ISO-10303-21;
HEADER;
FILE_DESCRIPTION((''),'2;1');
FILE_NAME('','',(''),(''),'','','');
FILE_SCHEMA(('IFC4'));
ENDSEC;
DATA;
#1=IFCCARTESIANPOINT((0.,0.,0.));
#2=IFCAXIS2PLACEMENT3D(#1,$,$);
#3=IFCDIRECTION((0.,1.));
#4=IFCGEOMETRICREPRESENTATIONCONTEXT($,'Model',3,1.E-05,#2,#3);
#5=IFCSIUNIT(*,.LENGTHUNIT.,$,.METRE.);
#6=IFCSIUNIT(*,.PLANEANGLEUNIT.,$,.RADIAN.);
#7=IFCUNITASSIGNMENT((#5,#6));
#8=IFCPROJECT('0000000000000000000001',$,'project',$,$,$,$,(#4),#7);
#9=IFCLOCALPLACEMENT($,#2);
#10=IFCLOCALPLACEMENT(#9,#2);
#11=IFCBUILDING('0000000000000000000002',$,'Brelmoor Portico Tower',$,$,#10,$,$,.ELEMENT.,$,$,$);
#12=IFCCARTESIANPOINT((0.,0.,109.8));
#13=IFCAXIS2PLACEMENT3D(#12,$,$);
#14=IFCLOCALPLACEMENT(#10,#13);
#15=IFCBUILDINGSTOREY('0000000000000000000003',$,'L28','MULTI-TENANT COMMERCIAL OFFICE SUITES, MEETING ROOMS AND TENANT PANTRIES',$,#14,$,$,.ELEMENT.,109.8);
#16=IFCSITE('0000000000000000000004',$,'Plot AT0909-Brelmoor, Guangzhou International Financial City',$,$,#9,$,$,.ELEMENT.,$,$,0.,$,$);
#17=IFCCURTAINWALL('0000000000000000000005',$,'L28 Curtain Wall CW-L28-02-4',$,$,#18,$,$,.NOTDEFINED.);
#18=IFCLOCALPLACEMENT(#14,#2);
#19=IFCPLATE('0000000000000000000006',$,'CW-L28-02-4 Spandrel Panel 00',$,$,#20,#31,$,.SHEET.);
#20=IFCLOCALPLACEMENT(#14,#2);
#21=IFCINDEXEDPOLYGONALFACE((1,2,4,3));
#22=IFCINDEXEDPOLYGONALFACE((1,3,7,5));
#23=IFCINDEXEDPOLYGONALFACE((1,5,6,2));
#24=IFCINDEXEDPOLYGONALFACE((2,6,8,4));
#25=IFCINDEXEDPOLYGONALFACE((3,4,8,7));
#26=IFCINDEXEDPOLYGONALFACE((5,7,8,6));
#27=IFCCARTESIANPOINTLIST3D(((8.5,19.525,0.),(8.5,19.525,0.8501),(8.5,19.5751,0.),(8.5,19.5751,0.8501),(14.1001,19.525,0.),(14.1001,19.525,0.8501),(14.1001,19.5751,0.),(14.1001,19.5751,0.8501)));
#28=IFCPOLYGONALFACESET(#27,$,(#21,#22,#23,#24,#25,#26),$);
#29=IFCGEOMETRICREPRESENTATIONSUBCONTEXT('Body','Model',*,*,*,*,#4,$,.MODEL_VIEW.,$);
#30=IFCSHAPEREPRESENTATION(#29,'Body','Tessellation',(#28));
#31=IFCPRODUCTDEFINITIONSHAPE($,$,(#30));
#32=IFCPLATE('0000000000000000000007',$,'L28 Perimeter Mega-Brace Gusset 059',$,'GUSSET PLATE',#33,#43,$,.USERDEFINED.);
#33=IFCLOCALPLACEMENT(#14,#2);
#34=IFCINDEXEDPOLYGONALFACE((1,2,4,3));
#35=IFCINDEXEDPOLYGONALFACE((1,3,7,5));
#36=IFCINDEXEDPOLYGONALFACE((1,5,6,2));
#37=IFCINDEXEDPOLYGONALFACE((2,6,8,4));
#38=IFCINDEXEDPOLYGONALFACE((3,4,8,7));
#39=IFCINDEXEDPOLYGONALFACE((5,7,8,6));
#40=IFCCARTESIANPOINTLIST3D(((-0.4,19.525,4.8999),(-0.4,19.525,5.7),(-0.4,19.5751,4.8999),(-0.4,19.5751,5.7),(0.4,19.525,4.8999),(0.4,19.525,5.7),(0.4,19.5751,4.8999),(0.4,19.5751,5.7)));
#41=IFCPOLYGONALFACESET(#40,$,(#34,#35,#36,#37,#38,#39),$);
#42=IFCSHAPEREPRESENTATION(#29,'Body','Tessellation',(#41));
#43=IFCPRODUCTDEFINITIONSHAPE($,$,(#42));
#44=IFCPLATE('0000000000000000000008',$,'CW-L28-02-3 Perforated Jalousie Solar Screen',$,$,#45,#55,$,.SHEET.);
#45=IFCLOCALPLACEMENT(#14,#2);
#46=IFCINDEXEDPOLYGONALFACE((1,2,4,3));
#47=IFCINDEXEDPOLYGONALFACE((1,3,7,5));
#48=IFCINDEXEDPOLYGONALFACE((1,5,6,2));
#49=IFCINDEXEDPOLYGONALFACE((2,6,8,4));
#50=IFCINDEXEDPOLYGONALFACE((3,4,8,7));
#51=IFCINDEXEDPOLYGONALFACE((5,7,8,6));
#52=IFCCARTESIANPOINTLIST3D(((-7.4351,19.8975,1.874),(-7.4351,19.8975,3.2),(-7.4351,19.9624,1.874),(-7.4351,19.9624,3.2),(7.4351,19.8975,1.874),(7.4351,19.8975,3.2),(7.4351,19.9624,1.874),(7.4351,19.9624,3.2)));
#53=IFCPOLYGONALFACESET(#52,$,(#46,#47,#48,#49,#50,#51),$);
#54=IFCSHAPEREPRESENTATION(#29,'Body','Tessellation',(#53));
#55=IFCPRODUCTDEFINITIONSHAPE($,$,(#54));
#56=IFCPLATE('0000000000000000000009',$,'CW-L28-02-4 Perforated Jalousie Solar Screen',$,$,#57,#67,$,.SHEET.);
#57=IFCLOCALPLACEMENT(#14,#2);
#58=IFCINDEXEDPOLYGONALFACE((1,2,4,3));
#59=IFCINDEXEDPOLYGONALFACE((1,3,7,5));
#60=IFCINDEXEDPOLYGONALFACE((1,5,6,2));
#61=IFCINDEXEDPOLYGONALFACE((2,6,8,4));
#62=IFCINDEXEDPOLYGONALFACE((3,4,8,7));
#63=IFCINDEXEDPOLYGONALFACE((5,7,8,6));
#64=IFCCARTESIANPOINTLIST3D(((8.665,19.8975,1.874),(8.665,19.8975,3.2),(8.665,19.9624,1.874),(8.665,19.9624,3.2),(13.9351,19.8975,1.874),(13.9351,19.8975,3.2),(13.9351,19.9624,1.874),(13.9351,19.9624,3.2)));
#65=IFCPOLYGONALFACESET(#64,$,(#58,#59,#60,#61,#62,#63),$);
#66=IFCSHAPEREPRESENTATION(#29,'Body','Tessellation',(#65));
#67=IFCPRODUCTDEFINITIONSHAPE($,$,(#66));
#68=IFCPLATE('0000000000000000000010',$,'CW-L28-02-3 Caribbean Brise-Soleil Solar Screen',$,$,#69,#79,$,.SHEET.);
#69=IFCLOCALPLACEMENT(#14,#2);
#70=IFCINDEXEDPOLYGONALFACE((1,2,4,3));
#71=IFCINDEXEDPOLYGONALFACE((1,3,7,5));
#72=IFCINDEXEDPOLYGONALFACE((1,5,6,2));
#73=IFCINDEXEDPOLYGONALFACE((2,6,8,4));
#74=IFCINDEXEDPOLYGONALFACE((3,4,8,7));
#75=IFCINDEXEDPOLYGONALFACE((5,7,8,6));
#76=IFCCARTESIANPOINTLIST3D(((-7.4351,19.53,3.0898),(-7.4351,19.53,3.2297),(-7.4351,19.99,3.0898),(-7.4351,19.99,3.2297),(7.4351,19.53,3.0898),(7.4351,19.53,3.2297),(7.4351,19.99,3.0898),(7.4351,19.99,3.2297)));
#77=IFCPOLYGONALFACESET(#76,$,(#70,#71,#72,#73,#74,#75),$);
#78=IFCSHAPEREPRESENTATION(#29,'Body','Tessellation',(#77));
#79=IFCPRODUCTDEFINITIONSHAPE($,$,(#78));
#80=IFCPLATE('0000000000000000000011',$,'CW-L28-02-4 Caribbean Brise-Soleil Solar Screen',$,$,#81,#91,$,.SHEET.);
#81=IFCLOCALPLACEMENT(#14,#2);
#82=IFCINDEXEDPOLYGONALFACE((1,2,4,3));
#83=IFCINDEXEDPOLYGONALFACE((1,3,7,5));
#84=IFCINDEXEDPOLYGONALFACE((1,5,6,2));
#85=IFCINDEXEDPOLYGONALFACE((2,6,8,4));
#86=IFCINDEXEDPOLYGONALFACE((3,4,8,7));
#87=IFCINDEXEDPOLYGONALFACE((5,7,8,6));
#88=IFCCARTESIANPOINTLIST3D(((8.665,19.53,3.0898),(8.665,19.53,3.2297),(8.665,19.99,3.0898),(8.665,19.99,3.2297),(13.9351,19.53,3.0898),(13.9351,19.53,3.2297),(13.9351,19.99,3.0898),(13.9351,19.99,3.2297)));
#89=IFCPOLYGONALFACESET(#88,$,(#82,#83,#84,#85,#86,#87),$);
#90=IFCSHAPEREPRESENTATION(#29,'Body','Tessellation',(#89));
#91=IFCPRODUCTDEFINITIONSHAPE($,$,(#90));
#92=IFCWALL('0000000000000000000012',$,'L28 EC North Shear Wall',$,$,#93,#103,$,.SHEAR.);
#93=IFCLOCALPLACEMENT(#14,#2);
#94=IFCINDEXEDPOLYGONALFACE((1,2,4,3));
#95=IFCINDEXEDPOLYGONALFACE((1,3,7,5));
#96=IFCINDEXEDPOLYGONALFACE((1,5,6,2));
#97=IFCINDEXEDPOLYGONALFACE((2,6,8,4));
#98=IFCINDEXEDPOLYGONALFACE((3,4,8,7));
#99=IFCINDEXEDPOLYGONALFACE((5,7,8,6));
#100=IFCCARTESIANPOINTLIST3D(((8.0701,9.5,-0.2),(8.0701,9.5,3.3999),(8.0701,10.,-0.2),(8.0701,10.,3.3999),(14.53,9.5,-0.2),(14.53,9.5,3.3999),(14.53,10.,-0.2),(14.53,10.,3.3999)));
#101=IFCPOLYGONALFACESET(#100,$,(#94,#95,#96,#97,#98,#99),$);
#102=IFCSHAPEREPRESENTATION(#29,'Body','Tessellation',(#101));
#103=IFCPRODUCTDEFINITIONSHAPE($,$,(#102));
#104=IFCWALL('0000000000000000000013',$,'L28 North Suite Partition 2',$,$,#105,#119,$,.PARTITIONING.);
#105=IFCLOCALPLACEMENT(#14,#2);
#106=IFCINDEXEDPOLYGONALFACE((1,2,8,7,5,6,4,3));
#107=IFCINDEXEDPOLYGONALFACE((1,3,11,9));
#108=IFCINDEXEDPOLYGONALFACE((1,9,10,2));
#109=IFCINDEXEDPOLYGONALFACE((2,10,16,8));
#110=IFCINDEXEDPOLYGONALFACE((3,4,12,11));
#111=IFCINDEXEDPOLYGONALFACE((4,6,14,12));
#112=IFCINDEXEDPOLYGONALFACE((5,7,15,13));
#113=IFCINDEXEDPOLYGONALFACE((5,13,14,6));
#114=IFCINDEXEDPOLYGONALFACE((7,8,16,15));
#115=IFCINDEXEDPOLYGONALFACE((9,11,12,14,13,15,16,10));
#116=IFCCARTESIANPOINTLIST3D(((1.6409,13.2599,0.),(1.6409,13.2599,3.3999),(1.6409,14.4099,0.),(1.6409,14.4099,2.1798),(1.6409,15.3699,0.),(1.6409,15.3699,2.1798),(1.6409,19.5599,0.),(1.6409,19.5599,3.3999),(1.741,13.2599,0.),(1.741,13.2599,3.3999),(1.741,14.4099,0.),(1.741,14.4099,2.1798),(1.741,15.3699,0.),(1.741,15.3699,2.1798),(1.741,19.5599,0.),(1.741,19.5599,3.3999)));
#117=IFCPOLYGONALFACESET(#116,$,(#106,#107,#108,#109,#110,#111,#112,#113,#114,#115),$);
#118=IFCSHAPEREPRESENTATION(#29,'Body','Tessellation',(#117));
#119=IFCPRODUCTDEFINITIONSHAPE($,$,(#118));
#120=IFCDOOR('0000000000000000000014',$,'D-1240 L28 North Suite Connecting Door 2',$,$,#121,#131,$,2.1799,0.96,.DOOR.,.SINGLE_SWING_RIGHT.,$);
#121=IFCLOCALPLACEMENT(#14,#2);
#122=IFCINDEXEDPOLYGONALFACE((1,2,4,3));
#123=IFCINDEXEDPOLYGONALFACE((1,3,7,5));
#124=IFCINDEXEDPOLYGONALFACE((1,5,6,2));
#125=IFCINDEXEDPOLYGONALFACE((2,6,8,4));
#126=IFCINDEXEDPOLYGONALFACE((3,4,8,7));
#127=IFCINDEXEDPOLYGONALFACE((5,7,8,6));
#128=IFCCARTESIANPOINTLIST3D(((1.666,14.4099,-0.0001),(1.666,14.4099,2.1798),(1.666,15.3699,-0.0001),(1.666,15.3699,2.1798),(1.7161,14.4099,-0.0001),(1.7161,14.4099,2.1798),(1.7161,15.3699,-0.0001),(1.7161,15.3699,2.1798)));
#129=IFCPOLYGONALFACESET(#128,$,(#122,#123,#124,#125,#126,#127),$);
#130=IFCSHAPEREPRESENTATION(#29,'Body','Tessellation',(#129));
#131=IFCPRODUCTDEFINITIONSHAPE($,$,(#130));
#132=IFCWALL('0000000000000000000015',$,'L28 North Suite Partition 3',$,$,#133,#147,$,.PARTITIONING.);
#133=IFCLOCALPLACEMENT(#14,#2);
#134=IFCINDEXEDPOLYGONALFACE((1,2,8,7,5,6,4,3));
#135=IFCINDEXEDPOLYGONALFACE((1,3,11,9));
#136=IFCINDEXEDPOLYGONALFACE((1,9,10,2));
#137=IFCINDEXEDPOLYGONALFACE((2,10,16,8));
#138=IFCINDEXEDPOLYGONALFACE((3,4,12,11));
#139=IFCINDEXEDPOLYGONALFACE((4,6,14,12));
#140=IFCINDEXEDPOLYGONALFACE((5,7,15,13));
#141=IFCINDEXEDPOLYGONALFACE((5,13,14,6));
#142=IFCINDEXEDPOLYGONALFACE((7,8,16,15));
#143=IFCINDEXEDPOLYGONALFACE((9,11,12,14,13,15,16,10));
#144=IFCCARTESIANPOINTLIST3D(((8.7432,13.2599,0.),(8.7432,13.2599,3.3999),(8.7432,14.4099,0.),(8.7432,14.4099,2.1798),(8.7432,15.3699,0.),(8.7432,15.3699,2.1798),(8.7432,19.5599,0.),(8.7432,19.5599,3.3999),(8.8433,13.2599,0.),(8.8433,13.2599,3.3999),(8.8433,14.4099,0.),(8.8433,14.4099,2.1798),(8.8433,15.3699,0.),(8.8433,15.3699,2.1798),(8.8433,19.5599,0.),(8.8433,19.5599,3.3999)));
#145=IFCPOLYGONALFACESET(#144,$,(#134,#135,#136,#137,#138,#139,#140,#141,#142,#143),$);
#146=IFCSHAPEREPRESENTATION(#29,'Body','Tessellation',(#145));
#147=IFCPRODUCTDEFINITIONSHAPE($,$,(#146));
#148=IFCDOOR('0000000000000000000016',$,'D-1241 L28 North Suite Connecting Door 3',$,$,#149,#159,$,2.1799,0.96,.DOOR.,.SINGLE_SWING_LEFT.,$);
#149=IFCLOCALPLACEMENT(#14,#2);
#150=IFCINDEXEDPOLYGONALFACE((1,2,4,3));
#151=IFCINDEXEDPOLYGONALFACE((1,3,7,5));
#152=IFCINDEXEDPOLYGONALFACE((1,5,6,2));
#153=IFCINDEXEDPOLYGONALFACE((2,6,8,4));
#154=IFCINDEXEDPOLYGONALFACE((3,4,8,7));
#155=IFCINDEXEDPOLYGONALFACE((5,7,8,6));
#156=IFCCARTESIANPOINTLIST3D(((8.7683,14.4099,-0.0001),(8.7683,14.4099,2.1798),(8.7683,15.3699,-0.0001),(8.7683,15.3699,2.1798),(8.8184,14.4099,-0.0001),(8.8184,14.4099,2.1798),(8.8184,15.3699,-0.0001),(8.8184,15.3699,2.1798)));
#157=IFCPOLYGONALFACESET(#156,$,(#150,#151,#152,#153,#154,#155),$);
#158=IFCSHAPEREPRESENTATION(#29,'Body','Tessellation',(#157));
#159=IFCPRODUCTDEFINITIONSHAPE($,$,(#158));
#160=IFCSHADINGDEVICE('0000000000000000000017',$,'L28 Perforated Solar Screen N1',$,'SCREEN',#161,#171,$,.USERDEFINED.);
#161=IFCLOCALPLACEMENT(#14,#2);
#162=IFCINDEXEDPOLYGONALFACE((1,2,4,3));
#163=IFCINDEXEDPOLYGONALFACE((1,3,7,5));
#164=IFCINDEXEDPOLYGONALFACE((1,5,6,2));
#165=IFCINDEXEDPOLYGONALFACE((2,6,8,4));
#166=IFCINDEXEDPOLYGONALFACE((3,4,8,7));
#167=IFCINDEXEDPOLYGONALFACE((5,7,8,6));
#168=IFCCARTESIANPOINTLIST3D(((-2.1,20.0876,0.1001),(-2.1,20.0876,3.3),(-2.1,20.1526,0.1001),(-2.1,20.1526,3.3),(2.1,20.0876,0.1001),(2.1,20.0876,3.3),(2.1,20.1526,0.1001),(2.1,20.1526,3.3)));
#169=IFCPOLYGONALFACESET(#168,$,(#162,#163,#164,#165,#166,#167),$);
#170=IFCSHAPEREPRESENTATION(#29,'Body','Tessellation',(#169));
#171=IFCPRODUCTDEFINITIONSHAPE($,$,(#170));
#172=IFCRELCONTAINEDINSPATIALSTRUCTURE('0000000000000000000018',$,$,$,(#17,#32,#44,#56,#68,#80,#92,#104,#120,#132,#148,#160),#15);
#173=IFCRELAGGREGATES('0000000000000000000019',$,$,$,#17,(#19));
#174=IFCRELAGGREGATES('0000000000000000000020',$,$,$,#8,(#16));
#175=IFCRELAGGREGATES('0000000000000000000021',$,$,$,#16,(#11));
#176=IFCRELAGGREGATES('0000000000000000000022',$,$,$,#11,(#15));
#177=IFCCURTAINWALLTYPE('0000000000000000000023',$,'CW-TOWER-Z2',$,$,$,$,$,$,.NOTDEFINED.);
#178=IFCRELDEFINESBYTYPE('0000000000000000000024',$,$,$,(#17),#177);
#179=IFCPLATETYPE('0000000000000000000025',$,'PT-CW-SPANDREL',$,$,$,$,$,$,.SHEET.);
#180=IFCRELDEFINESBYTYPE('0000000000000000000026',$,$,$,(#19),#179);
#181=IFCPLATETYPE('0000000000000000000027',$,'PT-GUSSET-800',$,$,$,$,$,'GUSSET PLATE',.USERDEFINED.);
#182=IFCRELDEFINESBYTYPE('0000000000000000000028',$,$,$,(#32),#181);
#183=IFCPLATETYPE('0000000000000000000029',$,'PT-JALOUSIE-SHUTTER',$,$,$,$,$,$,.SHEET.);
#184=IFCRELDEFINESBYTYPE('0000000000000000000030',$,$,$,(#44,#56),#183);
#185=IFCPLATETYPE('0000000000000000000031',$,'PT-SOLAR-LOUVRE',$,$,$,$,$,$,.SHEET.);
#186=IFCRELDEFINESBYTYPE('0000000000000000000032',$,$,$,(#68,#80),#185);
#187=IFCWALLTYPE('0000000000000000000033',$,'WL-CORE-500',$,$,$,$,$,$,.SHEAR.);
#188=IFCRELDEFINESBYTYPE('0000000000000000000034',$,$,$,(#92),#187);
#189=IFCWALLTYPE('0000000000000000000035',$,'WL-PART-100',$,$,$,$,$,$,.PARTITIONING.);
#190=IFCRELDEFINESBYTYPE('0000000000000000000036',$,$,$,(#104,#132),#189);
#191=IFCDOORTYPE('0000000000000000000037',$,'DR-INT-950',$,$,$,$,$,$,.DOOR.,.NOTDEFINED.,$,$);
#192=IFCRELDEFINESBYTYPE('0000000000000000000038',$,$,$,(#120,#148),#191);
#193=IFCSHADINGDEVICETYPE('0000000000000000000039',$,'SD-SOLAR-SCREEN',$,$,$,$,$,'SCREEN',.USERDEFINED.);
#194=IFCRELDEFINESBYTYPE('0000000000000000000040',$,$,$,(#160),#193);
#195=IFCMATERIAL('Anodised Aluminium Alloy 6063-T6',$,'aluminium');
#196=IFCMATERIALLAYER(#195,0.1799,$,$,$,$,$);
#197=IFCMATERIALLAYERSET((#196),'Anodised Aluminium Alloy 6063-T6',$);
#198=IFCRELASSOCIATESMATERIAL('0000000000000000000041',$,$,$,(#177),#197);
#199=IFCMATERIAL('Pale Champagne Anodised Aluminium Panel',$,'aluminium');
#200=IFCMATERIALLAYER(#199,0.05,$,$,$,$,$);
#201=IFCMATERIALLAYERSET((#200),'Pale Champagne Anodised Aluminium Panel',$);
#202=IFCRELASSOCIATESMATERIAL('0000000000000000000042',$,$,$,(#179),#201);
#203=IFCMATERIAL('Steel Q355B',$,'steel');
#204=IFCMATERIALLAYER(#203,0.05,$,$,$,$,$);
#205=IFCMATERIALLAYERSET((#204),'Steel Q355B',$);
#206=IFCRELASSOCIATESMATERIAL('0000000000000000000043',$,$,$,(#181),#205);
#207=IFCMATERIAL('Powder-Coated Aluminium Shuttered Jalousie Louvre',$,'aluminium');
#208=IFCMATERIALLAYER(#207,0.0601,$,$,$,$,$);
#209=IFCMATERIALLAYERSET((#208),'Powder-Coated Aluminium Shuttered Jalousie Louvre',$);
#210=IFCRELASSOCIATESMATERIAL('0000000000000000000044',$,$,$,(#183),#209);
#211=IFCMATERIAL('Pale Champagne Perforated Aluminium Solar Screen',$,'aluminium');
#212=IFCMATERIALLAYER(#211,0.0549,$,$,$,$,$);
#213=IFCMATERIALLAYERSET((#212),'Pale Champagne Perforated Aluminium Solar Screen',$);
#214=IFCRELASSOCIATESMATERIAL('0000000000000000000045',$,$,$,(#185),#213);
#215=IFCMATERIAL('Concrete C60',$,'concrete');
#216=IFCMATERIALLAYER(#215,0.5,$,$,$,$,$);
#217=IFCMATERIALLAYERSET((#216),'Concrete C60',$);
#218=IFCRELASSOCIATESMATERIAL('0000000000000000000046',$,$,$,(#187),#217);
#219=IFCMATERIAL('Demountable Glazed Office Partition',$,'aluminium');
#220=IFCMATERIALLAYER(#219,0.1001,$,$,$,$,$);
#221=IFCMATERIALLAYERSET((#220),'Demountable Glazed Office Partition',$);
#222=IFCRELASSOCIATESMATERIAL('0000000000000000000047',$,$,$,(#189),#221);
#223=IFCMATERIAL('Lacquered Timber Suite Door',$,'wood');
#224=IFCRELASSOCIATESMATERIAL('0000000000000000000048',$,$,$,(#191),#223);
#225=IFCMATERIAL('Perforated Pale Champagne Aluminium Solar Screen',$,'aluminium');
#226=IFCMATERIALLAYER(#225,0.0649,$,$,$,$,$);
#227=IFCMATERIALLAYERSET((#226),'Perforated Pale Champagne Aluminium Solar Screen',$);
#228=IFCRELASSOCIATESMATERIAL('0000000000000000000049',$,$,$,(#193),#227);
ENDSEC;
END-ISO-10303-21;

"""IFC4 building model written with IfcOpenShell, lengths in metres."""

from ifc_helpers import new_model, si_unit, direction, frame, frame_2d, origin, origin_2d, place, context, subcontext, project, spatial, rectangle, extrude, material, layer, layer_set, type_object, element, fill, aggregate, save


model = new_model("IFC4")

# Units and contexts
model_context = context("Model", 3, precision=1e-05, world=origin(), true_north=direction((0.0, 1.0)))
body_context = subcontext(model_context, "Body", "Model", "MODEL_VIEW")
ifc_project = project(units=[si_unit("LENGTHUNIT", "METRE"), si_unit("PLANEANGLEUNIT", "RADIAN")], contexts=[model_context])

# Site, building, storey
site_placement = place(None, origin())
site = spatial("IfcSite", under=ifc_project, at=site_placement, Name="Plot AT0909-Brelmoor, Guangzhou International Financial City", CompositionType="ELEMENT", RefElevation=0.0)
building_placement = place(site_placement, origin())
building = spatial("IfcBuilding", under=site, at=building_placement, Name="Brelmoor Portico Tower", CompositionType="ELEMENT")
storey_placement = place(building_placement, frame((0.0, 0.0, 109.8)))
storey = spatial("IfcBuildingStorey", under=building, at=storey_placement, Name="L28", Description="MULTI-TENANT COMMERCIAL OFFICE SUITES, MEETING ROOMS AND TENANT PANTRIES", CompositionType="ELEMENT", Elevation=109.8)

# Shared definitions
ifc_material_1 = material(Name="Steel Q355B", Category="steel")

# Shared definitions
ifc_material_2 = material(Name="Anodised Aluminium Alloy 6063-T6", Category="aluminium")

# Curtain wall
ifc_layer_1 = layer(ifc_material_2, 0.1799)
ifc_layer_set_1 = layer_set([ifc_layer_1], Name="Anodised Aluminium Alloy 6063-T6")
curtain_wall_type_1 = type_object("IfcCurtainWallType", Name="CW-TOWER-Z2", PredefinedType="NOTDEFINED", material=ifc_layer_set_1)
curtain_wall_1_placement = place(storey_placement, origin())
curtain_wall_1 = element("IfcCurtainWall", 1, at=curtain_wall_1_placement, inside=storey, type_object=curtain_wall_type_1, Name="L28 Curtain Wall CW-L28-02-4", PredefinedType="NOTDEFINED")

# Plate
ifc_material_3 = material(Name="Pale Champagne Anodised Aluminium Panel", Category="aluminium")
ifc_layer_2 = layer(ifc_material_3, 0.05)
ifc_layer_set_2 = layer_set([ifc_layer_2], Name="Pale Champagne Anodised Aluminium Panel")
plate_type_1 = type_object("IfcPlateType", Name="PT-CW-SPANDREL", PredefinedType="SHEET", material=ifc_layer_set_2)
plate_1_placement = place(storey_placement, frame((11.3, 19.55, 0.0), z_axis=(0.0, 0.0, 1.0), x_axis=(1.0, 0.0, 0.0)))
plate_1 = element("IfcPlate", 2, at=plate_1_placement, type_object=plate_type_1, Name="CW-L28-02-4 Spandrel Panel 00", PredefinedType="SHEET", context=body_context, shape_type="SweptSolid", body=[
    extrude(rectangle(XDim=5.6001, YDim=0.05, at=origin_2d()), origin(), (0.0, 0.0, 1.0), 0.8501),
])
aggregate(curtain_wall_1, [plate_1])

# Plates
ifc_layer_3 = layer(ifc_material_1, 0.05)
ifc_layer_set_3 = layer_set([ifc_layer_3], Name="Steel Q355B")
plate_type_2 = type_object("IfcPlateType", Name="PT-GUSSET-800", ElementType="GUSSET PLATE", PredefinedType="USERDEFINED", material=ifc_layer_set_3)
plate_2_placement = place(storey_placement, frame((0.0, 19.55, 4.8999), z_axis=(0.0, 0.0, 1.0), x_axis=(1.0, 0.0, 0.0)))
element("IfcPlate", 3, at=plate_2_placement, inside=storey, type_object=plate_type_2, Name="L28 Perimeter Mega-Brace Gusset 059", ObjectType="GUSSET PLATE", PredefinedType="USERDEFINED", context=body_context, shape_type="SweptSolid", body=[
    extrude(rectangle(XDim=0.8, YDim=0.05, at=origin_2d()), origin(), (0.0, 0.0, 1.0), 0.8),
])
ifc_material_4 = material(Name="Powder-Coated Aluminium Shuttered Jalousie Louvre", Category="aluminium")
ifc_layer_4 = layer(ifc_material_4, 0.0601)
ifc_layer_set_4 = layer_set([ifc_layer_4], Name="Powder-Coated Aluminium Shuttered Jalousie Louvre")
plate_type_3 = type_object("IfcPlateType", Name="PT-JALOUSIE-SHUTTER", PredefinedType="SHEET", material=ifc_layer_set_4)
plate_3_placement = place(storey_placement, frame((0.0, 19.9299, 1.874), z_axis=(0.0, 0.0, 1.0), x_axis=(1.0, 0.0, 0.0)))
element("IfcPlate", 4, at=plate_3_placement, inside=storey, type_object=plate_type_3, Name="CW-L28-02-3 Perforated Jalousie Solar Screen", PredefinedType="SHEET", context=body_context, shape_type="SweptSolid", body=[
    extrude(rectangle(XDim=14.8701, YDim=0.0649, at=origin_2d()), origin(), (0.0, 0.0, 1.0), 1.3259),
])
plate_4_placement = place(storey_placement, frame((11.3, 19.9299, 1.874), z_axis=(0.0, 0.0, 1.0), x_axis=(1.0, 0.0, 0.0)))
element("IfcPlate", 5, at=plate_4_placement, inside=storey, type_object=plate_type_3, Name="CW-L28-02-4 Perforated Jalousie Solar Screen", PredefinedType="SHEET", context=body_context, shape_type="SweptSolid", body=[
    extrude(rectangle(XDim=5.27, YDim=0.0649, at=origin_2d()), origin(), (0.0, 0.0, 1.0), 1.3259),
])
ifc_material_5 = material(Name="Pale Champagne Perforated Aluminium Solar Screen", Category="aluminium")
ifc_layer_5 = layer(ifc_material_5, 0.0549)
ifc_layer_set_5 = layer_set([ifc_layer_5], Name="Pale Champagne Perforated Aluminium Solar Screen")
plate_type_4 = type_object("IfcPlateType", Name="PT-SOLAR-LOUVRE", PredefinedType="SHEET", material=ifc_layer_set_5)
plate_5_placement = place(storey_placement, frame((0.0, 19.76, 3.0898), z_axis=(0.0, 0.0, 1.0), x_axis=(1.0, 0.0, 0.0)))
element("IfcPlate", 6, at=plate_5_placement, inside=storey, type_object=plate_type_4, Name="CW-L28-02-3 Caribbean Brise-Soleil Solar Screen", PredefinedType="SHEET", context=body_context, shape_type="SweptSolid", body=[
    extrude(rectangle(XDim=14.8701, YDim=0.46, at=origin_2d()), origin(), (0.0, 0.0, 1.0), 0.1399),
])
plate_6_placement = place(storey_placement, frame((11.3, 19.76, 3.0898), z_axis=(0.0, 0.0, 1.0), x_axis=(1.0, 0.0, 0.0)))
element("IfcPlate", 7, at=plate_6_placement, inside=storey, type_object=plate_type_4, Name="CW-L28-02-4 Caribbean Brise-Soleil Solar Screen", PredefinedType="SHEET", context=body_context, shape_type="SweptSolid", body=[
    extrude(rectangle(XDim=5.27, YDim=0.46, at=origin_2d()), origin(), (0.0, 0.0, 1.0), 0.1399),
])

# Wall
ifc_material_6 = material(Name="Concrete C60", Category="concrete")
ifc_layer_6 = layer(ifc_material_6, 0.5)
ifc_layer_set_6 = layer_set([ifc_layer_6], Name="Concrete C60")
wall_type_1 = type_object("IfcWallType", Name="WL-CORE-500", PredefinedType="SHEAR", material=ifc_layer_set_6)
wall_1_placement = place(storey_placement, frame((8.0701, 9.75, -0.2), z_axis=(0.0, 0.0, 1.0), x_axis=(1.0, 0.0, 0.0)))
element("IfcWall", 8, at=wall_1_placement, inside=storey, type_object=wall_type_1, Name="L28 EC North Shear Wall", PredefinedType="SHEAR", context=body_context, shape_type="SweptSolid", body=[
    extrude(rectangle(XDim=6.46, YDim=0.5, at=frame_2d((3.23, 0.0))), origin(), (0.0, 0.0, 1.0), 3.5999),
])

# Walls, openings, doors
ifc_material_7 = material(Name="Demountable Glazed Office Partition", Category="aluminium")
ifc_layer_7 = layer(ifc_material_7, 0.1001)
ifc_layer_set_7 = layer_set([ifc_layer_7], Name="Demountable Glazed Office Partition")
wall_type_2 = type_object("IfcWallType", Name="WL-PART-100", PredefinedType="PARTITIONING", material=ifc_layer_set_7)
wall_2_placement = place(storey_placement, frame((1.6909, 13.26, 0.0), z_axis=(0.0, 0.0, 1.0), x_axis=(0.0, 1.0, 0.0)))
wall_2 = element("IfcWall", 9, at=wall_2_placement, inside=storey, type_object=wall_type_2, Name="L28 North Suite Partition 2", PredefinedType="PARTITIONING", context=body_context, shape_type="SweptSolid", body=[
    extrude(rectangle(XDim=6.3, YDim=0.1001, at=frame_2d((3.1499, 0.0))), origin(), (0.0, 0.0, 1.0), 3.3999),
])
opening_1_placement = place(wall_2_placement, frame((1.1499, 0.0, 0.0)))
opening_1 = element("IfcOpeningElement", 10, at=opening_1_placement, cuts=wall_2, PredefinedType="OPENING", context=body_context, shape_type="SweptSolid", body=[
    extrude(rectangle(XDim=0.96, YDim=2.1799, at=frame_2d((0.48, 1.0898))), frame((0.0, 0.0601, 0.0), z_axis=(0.0, -1.0, 0.0), x_axis=(1.0, 0.0, 0.0)), (0.0, 0.0, 1.0), 0.1201),
])
ifc_material_8 = material(Name="Lacquered Timber Suite Door", Category="wood")
door_type = type_object("IfcDoorType", Name="DR-INT-950", OperationType="NOTDEFINED", PredefinedType="DOOR", material=ifc_material_8)
door_1_placement = place(opening_1_placement, origin())
door_1 = element("IfcDoor", 11, at=door_1_placement, inside=storey, type_object=door_type, Name="D-1240 L28 North Suite Connecting Door 2", OperationType="SINGLE_SWING_RIGHT", OverallHeight=2.1799, OverallWidth=0.96, PredefinedType="DOOR", context=body_context, shape_type="SweptSolid", body=[
    extrude(rectangle(XDim=0.96, YDim=2.1799, at=frame_2d((0.48, 1.0898))), frame((0.0, 0.0249, 0.0), z_axis=(0.0, -1.0, 0.0), x_axis=(1.0, 0.0, 0.0)), (0.0, 0.0, 1.0), 0.05),
])
fill(opening_1, door_1)
wall_3_placement = place(storey_placement, frame((8.7932, 13.26, 0.0), z_axis=(0.0, 0.0, 1.0), x_axis=(0.0, 1.0, 0.0)))
wall_3 = element("IfcWall", 12, at=wall_3_placement, inside=storey, type_object=wall_type_2, Name="L28 North Suite Partition 3", PredefinedType="PARTITIONING", context=body_context, shape_type="SweptSolid", body=[
    extrude(rectangle(XDim=6.3, YDim=0.1001, at=frame_2d((3.1499, 0.0))), origin(), (0.0, 0.0, 1.0), 3.3999),
])
opening_2_placement = place(wall_3_placement, frame((1.1499, 0.0, 0.0)))
opening_2 = element("IfcOpeningElement", 13, at=opening_2_placement, cuts=wall_3, PredefinedType="OPENING", context=body_context, shape_type="SweptSolid", body=[
    extrude(rectangle(XDim=0.96, YDim=2.1799, at=frame_2d((0.48, 1.0898))), frame((0.0, 0.0601, 0.0), z_axis=(0.0, -1.0, 0.0), x_axis=(1.0, 0.0, 0.0)), (0.0, 0.0, 1.0), 0.1201),
])
door_2_placement = place(opening_2_placement, origin())
door_2 = element("IfcDoor", 14, at=door_2_placement, inside=storey, type_object=door_type, Name="D-1241 L28 North Suite Connecting Door 3", OperationType="SINGLE_SWING_LEFT", OverallHeight=2.1799, OverallWidth=0.96, PredefinedType="DOOR", context=body_context, shape_type="SweptSolid", body=[
    extrude(rectangle(XDim=0.96, YDim=2.1799, at=frame_2d((0.48, 1.0898))), frame((0.0, 0.0249, 0.0), z_axis=(0.0, -1.0, 0.0), x_axis=(1.0, 0.0, 0.0)), (0.0, 0.0, 1.0), 0.05),
])
fill(opening_2, door_2)

# Shading device
ifc_material_9 = material(Name="Perforated Pale Champagne Aluminium Solar Screen", Category="aluminium")
ifc_layer_8 = layer(ifc_material_9, 0.0649)
ifc_layer_set_8 = layer_set([ifc_layer_8], Name="Perforated Pale Champagne Aluminium Solar Screen")
shading_device_type = type_object("IfcShadingDeviceType", Name="SD-SOLAR-SCREEN", ElementType="SCREEN", PredefinedType="USERDEFINED", material=ifc_layer_set_8)
shading_device_placement = place(storey_placement, frame((0.0, 20.1201, 0.1001), z_axis=(0.0, 0.0, 1.0), x_axis=(1.0, 0.0, 0.0)))
element("IfcShadingDevice", 15, at=shading_device_placement, inside=storey, type_object=shading_device_type, Name="L28 Perforated Solar Screen N1", ObjectType="SCREEN", PredefinedType="USERDEFINED", context=body_context, shape_type="SweptSolid", body=[
    extrude(rectangle(XDim=4.2, YDim=0.0649, at=origin_2d()), origin(), (0.0, 0.0, 1.0), 3.2),
])

save(model, "model.ifc")
